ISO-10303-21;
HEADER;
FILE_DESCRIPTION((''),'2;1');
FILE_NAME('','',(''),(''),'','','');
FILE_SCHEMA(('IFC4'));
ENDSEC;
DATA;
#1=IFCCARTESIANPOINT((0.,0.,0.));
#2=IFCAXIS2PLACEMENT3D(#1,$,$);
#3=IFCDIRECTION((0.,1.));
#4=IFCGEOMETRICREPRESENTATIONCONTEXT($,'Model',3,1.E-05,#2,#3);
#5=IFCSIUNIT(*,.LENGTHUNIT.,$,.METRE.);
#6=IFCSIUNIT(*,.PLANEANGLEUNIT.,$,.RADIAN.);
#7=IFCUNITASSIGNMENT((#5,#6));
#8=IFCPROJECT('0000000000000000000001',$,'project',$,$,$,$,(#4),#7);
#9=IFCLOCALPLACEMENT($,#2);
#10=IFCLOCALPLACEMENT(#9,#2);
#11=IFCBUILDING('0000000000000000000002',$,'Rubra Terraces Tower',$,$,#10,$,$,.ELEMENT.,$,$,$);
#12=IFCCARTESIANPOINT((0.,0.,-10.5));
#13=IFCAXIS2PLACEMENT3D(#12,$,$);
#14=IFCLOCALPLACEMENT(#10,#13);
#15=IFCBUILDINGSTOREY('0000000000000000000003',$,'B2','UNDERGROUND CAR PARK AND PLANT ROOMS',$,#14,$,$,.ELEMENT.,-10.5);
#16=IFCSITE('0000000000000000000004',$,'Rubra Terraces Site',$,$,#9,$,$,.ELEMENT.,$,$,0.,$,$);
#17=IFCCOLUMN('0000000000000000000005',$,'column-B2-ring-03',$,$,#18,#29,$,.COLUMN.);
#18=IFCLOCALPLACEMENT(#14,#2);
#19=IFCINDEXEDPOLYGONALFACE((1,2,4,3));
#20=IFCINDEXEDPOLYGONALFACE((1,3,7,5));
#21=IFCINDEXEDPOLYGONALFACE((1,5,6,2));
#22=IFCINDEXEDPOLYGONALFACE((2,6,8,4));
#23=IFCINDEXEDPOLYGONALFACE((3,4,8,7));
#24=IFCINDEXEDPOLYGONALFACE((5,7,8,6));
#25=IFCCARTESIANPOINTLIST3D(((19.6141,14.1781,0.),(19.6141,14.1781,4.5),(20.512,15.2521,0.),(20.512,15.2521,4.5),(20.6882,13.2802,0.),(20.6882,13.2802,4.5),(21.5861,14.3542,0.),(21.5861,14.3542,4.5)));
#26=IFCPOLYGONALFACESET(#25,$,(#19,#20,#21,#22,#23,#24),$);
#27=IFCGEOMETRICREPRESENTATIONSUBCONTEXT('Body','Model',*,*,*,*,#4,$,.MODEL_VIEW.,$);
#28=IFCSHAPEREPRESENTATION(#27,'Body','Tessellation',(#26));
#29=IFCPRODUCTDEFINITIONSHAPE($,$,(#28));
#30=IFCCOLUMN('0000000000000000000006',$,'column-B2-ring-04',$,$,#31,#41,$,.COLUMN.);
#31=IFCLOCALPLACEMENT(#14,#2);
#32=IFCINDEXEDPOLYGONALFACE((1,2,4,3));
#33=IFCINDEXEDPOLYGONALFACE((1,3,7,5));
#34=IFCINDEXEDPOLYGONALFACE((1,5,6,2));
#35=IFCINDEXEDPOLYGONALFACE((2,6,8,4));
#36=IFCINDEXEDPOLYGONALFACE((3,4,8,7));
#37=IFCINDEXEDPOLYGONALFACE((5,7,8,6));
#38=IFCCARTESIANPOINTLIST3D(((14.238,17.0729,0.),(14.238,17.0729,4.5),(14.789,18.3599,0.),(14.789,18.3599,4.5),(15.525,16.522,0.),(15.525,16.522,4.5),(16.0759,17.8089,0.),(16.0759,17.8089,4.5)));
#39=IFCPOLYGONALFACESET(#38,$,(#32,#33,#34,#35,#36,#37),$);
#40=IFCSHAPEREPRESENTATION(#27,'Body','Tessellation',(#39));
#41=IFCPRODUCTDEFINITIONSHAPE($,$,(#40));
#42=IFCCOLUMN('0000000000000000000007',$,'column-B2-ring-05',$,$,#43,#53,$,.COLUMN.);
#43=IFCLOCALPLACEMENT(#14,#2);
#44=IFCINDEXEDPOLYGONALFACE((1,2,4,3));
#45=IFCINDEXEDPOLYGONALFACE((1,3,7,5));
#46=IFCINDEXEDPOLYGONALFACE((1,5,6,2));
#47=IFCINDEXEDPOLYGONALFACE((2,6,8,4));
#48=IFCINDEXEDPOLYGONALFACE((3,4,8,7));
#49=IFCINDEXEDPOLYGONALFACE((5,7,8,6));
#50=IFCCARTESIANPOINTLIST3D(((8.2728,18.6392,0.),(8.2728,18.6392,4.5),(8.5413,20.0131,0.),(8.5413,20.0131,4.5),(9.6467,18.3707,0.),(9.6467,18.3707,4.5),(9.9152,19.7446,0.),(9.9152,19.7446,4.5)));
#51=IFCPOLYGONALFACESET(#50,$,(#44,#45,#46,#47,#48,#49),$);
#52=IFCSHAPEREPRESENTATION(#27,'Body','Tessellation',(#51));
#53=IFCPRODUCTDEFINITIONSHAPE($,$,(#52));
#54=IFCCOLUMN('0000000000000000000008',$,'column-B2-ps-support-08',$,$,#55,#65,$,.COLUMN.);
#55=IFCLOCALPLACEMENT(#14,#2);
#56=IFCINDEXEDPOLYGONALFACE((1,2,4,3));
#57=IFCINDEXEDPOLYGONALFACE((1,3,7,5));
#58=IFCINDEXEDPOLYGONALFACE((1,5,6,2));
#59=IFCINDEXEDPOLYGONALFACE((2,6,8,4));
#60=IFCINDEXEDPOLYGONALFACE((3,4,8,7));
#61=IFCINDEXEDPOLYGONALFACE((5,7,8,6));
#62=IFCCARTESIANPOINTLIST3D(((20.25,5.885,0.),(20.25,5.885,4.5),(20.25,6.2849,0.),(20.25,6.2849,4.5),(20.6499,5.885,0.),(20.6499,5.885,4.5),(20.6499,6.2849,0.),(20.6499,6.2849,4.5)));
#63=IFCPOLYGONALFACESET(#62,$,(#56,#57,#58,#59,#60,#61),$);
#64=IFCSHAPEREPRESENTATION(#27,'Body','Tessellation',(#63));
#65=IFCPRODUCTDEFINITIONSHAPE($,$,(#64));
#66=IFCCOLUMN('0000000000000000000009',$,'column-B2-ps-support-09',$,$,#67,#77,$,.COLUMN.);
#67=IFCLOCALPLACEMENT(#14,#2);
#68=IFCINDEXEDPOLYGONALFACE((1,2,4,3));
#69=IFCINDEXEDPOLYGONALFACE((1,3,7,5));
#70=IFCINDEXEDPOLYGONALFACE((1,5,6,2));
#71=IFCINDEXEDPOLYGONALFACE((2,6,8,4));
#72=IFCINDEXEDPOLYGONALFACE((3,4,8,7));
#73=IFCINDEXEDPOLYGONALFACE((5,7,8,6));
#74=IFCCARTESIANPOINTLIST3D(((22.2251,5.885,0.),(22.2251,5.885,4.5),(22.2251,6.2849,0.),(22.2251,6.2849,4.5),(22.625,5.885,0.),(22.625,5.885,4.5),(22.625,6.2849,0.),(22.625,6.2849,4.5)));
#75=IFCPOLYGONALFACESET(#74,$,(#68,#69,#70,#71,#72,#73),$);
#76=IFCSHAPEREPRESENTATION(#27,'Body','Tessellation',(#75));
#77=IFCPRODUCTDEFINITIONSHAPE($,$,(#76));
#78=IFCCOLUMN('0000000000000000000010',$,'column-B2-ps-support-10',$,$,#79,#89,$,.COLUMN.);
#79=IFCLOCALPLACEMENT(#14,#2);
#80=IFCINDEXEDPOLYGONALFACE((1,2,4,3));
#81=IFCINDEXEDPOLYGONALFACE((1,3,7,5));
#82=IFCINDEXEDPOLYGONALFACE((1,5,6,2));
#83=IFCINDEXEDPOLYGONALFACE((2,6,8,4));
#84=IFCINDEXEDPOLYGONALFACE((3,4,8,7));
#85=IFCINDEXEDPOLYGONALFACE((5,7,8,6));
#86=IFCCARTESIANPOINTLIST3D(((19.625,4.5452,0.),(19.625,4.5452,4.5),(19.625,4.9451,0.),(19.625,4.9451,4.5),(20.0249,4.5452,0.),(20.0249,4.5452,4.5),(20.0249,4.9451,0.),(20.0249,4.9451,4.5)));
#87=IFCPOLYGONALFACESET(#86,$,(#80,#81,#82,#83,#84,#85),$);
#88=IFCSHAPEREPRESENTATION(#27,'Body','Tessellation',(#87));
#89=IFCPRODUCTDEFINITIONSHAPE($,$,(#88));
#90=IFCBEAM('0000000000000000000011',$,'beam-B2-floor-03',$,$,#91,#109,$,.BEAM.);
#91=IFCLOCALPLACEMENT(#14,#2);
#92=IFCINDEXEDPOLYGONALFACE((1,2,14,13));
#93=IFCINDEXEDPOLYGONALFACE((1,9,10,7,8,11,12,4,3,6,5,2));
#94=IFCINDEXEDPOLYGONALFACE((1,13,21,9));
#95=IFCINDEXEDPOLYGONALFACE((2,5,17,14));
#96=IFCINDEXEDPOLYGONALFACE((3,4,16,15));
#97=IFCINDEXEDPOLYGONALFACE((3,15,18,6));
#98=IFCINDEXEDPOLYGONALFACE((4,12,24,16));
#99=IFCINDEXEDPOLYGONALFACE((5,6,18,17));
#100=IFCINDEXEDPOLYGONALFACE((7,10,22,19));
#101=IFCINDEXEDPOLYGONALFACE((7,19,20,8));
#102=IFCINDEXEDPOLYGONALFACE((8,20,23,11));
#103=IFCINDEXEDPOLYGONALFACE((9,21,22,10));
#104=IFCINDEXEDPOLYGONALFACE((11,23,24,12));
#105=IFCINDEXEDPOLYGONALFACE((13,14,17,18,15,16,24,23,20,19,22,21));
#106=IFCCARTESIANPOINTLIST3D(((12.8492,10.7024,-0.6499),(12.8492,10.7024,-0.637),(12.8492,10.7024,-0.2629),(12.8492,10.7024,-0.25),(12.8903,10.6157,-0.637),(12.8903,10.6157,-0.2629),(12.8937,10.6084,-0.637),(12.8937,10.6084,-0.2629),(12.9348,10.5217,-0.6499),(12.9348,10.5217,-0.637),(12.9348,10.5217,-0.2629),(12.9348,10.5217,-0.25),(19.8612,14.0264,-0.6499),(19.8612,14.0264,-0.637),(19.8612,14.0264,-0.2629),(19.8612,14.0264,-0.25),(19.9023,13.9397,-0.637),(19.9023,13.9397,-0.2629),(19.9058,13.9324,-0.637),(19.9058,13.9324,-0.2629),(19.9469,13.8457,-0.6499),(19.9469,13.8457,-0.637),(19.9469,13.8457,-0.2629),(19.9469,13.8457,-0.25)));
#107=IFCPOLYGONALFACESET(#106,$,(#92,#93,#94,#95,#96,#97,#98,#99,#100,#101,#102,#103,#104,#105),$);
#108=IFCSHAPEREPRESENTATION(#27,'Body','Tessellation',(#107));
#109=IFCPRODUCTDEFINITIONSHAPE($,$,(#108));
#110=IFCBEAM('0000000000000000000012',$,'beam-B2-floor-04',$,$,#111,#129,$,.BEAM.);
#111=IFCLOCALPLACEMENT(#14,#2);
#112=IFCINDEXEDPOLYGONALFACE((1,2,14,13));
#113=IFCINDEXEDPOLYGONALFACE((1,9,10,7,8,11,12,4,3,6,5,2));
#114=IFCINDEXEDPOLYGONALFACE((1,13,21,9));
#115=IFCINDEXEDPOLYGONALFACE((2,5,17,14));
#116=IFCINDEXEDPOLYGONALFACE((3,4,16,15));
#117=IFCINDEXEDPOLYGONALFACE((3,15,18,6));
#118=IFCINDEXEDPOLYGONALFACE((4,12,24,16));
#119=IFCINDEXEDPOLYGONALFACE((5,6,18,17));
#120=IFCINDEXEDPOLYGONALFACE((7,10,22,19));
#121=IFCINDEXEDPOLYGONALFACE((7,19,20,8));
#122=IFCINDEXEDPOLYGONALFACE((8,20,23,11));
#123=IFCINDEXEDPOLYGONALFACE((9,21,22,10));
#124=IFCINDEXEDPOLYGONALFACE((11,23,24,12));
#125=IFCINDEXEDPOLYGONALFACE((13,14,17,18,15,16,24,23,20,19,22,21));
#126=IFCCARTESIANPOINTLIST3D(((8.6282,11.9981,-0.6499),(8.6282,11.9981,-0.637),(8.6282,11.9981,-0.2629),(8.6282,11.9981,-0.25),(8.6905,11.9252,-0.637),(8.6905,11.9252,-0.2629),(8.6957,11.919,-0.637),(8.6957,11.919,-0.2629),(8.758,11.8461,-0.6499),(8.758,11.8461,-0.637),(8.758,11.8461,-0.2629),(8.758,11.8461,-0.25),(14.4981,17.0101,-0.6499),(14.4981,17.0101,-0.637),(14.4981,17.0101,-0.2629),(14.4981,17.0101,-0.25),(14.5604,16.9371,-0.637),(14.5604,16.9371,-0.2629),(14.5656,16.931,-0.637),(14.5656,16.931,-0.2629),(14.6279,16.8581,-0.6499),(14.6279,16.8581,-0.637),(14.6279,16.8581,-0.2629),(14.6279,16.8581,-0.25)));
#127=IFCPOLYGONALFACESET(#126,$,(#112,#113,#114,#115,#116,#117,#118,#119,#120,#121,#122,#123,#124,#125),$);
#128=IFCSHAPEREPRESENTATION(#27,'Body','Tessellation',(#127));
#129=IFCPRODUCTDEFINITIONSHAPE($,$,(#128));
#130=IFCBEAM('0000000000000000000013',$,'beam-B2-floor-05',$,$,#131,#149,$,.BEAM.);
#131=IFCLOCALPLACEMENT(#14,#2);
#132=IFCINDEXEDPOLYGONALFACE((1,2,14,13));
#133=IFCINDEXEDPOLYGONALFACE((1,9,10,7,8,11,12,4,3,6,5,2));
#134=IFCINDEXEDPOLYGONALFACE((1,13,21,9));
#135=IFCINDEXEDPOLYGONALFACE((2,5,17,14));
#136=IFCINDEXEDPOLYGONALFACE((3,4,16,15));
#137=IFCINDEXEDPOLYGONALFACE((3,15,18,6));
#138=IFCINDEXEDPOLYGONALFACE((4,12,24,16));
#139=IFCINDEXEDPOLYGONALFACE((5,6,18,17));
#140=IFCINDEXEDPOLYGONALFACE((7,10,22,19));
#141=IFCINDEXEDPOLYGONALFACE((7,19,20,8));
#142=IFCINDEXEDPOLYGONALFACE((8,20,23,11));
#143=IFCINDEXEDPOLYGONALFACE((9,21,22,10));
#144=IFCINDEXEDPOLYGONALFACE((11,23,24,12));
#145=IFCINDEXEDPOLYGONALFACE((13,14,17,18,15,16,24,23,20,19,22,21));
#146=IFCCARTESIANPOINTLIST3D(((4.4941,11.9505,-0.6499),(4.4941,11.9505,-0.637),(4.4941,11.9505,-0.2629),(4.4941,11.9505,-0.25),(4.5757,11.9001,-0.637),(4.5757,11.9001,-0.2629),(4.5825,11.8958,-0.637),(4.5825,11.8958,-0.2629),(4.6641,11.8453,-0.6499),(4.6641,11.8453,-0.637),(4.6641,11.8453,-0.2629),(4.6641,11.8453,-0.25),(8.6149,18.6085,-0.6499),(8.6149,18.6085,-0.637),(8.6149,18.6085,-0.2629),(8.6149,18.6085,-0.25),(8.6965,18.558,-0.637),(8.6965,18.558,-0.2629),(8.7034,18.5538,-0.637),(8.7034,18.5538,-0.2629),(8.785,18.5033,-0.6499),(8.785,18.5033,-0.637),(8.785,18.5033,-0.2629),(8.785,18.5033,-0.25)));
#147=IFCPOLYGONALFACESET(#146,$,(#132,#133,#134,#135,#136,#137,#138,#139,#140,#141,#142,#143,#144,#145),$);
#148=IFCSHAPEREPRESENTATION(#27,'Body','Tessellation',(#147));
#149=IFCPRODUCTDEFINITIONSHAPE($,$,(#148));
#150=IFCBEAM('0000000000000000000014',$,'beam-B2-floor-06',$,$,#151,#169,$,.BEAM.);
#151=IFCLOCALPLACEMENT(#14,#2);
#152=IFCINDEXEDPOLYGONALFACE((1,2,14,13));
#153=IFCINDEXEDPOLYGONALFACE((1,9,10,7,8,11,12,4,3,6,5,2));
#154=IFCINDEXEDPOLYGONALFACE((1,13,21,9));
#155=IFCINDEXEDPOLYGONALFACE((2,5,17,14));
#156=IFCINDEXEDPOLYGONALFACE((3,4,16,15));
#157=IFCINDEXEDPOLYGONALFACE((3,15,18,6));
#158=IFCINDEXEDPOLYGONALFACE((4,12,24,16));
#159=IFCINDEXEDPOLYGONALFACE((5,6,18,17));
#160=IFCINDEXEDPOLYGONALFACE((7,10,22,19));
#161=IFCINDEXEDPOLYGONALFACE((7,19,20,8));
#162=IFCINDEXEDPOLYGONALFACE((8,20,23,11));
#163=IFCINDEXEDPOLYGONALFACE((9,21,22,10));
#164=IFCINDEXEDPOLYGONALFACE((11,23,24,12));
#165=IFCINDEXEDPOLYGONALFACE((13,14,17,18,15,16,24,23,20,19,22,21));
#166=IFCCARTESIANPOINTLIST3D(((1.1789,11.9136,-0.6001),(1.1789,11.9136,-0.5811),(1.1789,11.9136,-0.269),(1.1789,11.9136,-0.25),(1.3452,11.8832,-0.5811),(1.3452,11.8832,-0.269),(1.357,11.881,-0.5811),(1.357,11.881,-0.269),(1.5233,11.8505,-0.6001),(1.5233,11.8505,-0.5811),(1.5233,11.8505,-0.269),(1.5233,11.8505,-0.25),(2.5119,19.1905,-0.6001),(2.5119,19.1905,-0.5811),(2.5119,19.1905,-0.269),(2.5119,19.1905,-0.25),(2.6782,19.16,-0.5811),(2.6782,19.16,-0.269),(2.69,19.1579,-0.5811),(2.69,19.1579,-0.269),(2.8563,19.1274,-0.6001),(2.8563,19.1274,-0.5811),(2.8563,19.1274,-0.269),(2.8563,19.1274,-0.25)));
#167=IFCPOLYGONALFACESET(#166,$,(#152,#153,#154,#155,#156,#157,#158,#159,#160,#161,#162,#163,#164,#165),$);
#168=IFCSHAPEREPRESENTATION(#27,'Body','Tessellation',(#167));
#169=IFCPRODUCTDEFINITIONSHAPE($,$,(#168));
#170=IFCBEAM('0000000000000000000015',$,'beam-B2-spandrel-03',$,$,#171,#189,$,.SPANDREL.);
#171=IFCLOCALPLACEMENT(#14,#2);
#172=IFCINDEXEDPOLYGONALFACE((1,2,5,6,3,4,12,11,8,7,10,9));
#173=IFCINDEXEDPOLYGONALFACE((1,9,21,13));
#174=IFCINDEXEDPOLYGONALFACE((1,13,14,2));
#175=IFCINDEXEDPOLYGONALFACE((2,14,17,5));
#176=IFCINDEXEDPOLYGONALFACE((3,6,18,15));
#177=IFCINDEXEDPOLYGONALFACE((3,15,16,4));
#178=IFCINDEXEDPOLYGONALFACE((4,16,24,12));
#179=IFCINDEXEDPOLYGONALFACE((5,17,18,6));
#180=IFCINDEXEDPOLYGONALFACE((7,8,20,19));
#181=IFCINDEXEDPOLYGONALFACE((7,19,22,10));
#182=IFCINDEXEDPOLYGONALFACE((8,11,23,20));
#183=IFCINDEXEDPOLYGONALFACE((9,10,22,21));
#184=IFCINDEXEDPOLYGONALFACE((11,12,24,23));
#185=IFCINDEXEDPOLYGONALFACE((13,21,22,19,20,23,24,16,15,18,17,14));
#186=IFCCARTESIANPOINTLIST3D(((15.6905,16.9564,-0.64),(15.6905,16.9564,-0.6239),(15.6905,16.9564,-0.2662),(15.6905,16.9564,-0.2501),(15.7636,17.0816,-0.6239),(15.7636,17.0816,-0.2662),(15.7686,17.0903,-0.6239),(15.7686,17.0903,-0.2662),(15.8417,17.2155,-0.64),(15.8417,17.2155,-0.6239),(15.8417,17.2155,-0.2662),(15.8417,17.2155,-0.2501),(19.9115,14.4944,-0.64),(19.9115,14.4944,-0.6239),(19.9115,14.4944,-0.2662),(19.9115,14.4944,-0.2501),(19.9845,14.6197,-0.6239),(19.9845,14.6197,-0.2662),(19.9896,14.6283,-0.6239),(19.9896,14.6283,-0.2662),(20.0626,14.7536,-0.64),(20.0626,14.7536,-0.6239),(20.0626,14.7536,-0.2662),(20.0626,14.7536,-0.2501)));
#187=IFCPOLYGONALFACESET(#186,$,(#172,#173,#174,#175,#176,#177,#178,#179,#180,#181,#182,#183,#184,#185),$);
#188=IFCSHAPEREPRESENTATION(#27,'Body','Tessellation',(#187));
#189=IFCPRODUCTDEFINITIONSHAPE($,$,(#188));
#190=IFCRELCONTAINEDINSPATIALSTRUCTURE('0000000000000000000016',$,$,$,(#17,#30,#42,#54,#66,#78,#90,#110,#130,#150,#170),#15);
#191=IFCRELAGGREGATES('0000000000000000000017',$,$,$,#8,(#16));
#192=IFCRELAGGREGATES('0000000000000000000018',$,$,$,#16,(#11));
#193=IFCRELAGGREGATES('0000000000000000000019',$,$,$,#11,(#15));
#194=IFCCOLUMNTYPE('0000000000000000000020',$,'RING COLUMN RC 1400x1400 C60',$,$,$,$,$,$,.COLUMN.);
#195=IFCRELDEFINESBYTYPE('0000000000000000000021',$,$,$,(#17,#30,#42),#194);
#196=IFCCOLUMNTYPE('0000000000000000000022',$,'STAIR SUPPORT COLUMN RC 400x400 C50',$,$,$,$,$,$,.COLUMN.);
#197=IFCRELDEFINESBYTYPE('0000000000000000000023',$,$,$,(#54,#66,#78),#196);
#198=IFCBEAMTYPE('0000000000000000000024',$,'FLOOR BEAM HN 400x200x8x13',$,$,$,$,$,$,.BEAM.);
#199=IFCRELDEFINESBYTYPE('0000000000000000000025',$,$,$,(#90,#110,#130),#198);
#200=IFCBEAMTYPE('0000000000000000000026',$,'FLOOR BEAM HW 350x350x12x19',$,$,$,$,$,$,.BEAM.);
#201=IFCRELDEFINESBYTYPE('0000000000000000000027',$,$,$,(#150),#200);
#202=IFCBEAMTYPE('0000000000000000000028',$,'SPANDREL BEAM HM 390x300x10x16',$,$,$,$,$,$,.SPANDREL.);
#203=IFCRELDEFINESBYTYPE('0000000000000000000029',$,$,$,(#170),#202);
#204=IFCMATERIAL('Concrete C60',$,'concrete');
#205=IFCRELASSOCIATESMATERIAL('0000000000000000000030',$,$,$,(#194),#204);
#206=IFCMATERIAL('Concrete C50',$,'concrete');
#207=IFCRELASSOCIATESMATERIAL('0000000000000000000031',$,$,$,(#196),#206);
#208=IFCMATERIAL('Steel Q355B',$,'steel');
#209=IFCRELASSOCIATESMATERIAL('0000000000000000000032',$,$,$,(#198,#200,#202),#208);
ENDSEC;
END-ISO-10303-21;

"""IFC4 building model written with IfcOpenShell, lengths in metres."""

from ifc_helpers import new_model, si_unit, direction, frame, origin, origin_2d, place, context, subcontext, project, spatial, rectangle, i_section, extrude, material, material_profile, profile_set, type_object, element, save


model = new_model("IFC4")

# Units and contexts
model_context = context("Model", 3, precision=1e-05, world=origin(), true_north=direction((0.0, 1.0)))
body_context = subcontext(model_context, "Body", "Model", "MODEL_VIEW")
ifc_project = project(units=[si_unit("LENGTHUNIT", "METRE"), si_unit("PLANEANGLEUNIT", "RADIAN")], contexts=[model_context])

# Site, building, storey
site_placement = place(None, origin())
site = spatial("IfcSite", under=ifc_project, at=site_placement, Name="Rubra Terraces Site", CompositionType="ELEMENT", RefElevation=0.0)
building_placement = place(site_placement, origin())
building = spatial("IfcBuilding", under=site, at=building_placement, Name="Rubra Terraces Tower", CompositionType="ELEMENT")
storey_placement = place(building_placement, frame((0.0, 0.0, -10.5)))
storey = spatial("IfcBuildingStorey", under=building, at=storey_placement, Name="B2", Description="UNDERGROUND CAR PARK AND PLANT ROOMS", CompositionType="ELEMENT", Elevation=-10.5)

# Columns
ifc_material_1 = material(Name="Concrete C60", Category="concrete")
ifc_material_profile_1 = material_profile(ifc_material_1, rectangle(XDim=1.3999, YDim=1.3999, at=origin_2d()), Name="RC 1400x1400")
ifc_profile_set_1 = profile_set([ifc_material_profile_1], Name="Concrete C60")
column_type_1 = type_object("IfcColumnType", Name="RING COLUMN RC 1400x1400 C60", PredefinedType="COLUMN", material=ifc_profile_set_1)
for number, where, z_axis, x_axis, name in (
    (1, (20.6001, 14.2661, 0.0), (0.0, 0.0, 1.0), (-0.76721, 0.641397, 0.0), "column-B2-ring-03"),
    (2, (15.157, 17.4409, 0.0), (0.0, 0.0, 1.0), (-0.919294, 0.393572, 0.0), "column-B2-ring-04"),
    (3, (9.094, 19.1919, 0.0), (0.0, 0.0, 1.0), (-0.98143, 0.191819, 0.0), "column-B2-ring-05"),
):
    element("IfcColumn", number, at=place(storey_placement, frame(where, z_axis=z_axis, x_axis=x_axis)), inside=storey, type_object=column_type_1, Name=name, PredefinedType="COLUMN", context=body_context, shape_type="SweptSolid", body=[
        extrude(rectangle(XDim=1.3999, YDim=1.3999, at=origin_2d()), origin(), (0.0, 0.0, 1.0), 4.5),
    ])
ifc_material_2 = material(Name="Concrete C50", Category="concrete")
ifc_material_profile_2 = material_profile(ifc_material_2, rectangle(XDim=0.3999, YDim=0.3999, at=origin_2d()), Name="RC 400x400")
ifc_profile_set_2 = profile_set([ifc_material_profile_2], Name="Concrete C50")
column_type_2 = type_object("IfcColumnType", Name="STAIR SUPPORT COLUMN RC 400x400 C50", PredefinedType="COLUMN", material=ifc_profile_set_2)
for number, where, z_axis, x_axis, name in (
    (4, (20.45, 6.085, 0.0), (0.0, 0.0, 1.0), (1.0, 0.0, 0.0), "column-B2-ps-support-08"),
    (5, (22.425, 6.085, 0.0), (0.0, 0.0, 1.0), (1.0, 0.0, 0.0), "column-B2-ps-support-09"),
    (6, (19.825, 4.7451, 0.0), (0.0, 0.0, 1.0), (1.0, 0.0, 0.0), "column-B2-ps-support-10"),
):
    element("IfcColumn", number, at=place(storey_placement, frame(where, z_axis=z_axis, x_axis=x_axis)), inside=storey, type_object=column_type_2, Name=name, PredefinedType="COLUMN", context=body_context, shape_type="SweptSolid", body=[
        extrude(rectangle(XDim=0.3999, YDim=0.3999, at=origin_2d()), origin(), (0.0, 0.0, 1.0), 4.5),
    ])

# Beams
ifc_material_3 = material(Name="Steel Q355B", Category="steel")
ifc_material_profile_3 = material_profile(ifc_material_3, i_section(OverallWidth=0.2, OverallDepth=0.3999, WebThickness=0.0081, FlangeThickness=0.0129, at=origin_2d()), Name="HN 400x200x8x13")
ifc_profile_set_3 = profile_set([ifc_material_profile_3], Name="Steel Q355B")
beam_type_1 = type_object("IfcBeamType", Name="FLOOR BEAM HN 400x200x8x13", PredefinedType="BEAM", material=ifc_profile_set_3)
beam_1_placement = place(storey_placement, frame((19.9041, 13.936, -0.45), z_axis=(-0.903612, -0.428351, 0.0), x_axis=(0.428351, -0.903612, 0.0)))
element("IfcBeam", 7, at=beam_1_placement, inside=storey, type_object=beam_type_1, Name="beam-B2-floor-03", PredefinedType="BEAM", context=body_context, shape_type="SweptSolid", body=[
    extrude(i_section(OverallWidth=0.2, OverallDepth=0.3999, WebThickness=0.0081, FlangeThickness=0.0129, at=origin_2d()), origin(), (0.0, 0.0, 1.0), 7.76),
])
beam_2_placement = place(storey_placement, frame((14.563, 16.9341, -0.45), z_axis=(-0.760494, -0.649344, 0.0), x_axis=(0.649344, -0.760494, 0.0)))
element("IfcBeam", 8, at=beam_2_placement, inside=storey, type_object=beam_type_1, Name="beam-B2-floor-04", PredefinedType="BEAM", context=body_context, shape_type="SweptSolid", body=[
    extrude(i_section(OverallWidth=0.2, OverallDepth=0.3999, WebThickness=0.0081, FlangeThickness=0.0129, at=origin_2d()), origin(), (0.0, 0.0, 1.0), 7.7185),
])
beam_3_placement = place(storey_placement, frame((8.7, 18.5559, -0.45), z_axis=(-0.526286, -0.850308, 0.0), x_axis=(0.850308, -0.526286, 0.0)))
element("IfcBeam", 9, at=beam_3_placement, inside=storey, type_object=beam_type_1, Name="beam-B2-floor-05", PredefinedType="BEAM", context=body_context, shape_type="SweptSolid", body=[
    extrude(i_section(OverallWidth=0.2, OverallDepth=0.3999, WebThickness=0.0081, FlangeThickness=0.0129, at=origin_2d()), origin(), (0.0, 0.0, 1.0), 7.8301),
])
ifc_material_profile_4 = material_profile(ifc_material_3, i_section(OverallWidth=0.3501, OverallDepth=0.3501, WebThickness=0.012, FlangeThickness=0.019, at=origin_2d()), Name="HW 350x350x12x19")
ifc_profile_set_4 = profile_set([ifc_material_profile_4], Name="Steel Q355B")
beam_type_2 = type_object("IfcBeamType", Name="FLOOR BEAM HW 350x350x12x19", PredefinedType="BEAM", material=ifc_profile_set_4)
beam_4_placement = place(storey_placement, frame((2.6841, 19.1589, -0.425), z_axis=(-0.180186, -0.983632, 0.0), x_axis=(0.983632, -0.180186, 0.0)))
element("IfcBeam", 10, at=beam_4_placement, inside=storey, type_object=beam_type_2, Name="beam-B2-floor-06", PredefinedType="BEAM", context=body_context, shape_type="SweptSolid", body=[
    extrude(i_section(OverallWidth=0.3501, OverallDepth=0.3501, WebThickness=0.012, FlangeThickness=0.019, at=origin_2d()), origin(), (0.0, 0.0, 1.0), 7.3979),
])
ifc_material_profile_5 = material_profile(ifc_material_3, i_section(OverallWidth=0.3, OverallDepth=0.3899, WebThickness=0.01, FlangeThickness=0.0161, at=origin_2d()), Name="HM 390x300x10x16")
ifc_profile_set_5 = profile_set([ifc_material_profile_5], Name="Steel Q355B")
beam_type_3 = type_object("IfcBeamType", Name="SPANDREL BEAM HM 390x300x10x16", PredefinedType="SPANDREL", material=ifc_profile_set_5)
beam_5_placement = place(storey_placement, frame((19.9871, 14.624, -0.4451), z_axis=(-0.863806, 0.503824, 0.0), x_axis=(-0.503824, -0.863806, 0.0)))
element("IfcBeam", 11, at=beam_5_placement, inside=storey, type_object=beam_type_3, Name="beam-B2-spandrel-03", PredefinedType="SPANDREL", context=body_context, shape_type="SweptSolid", body=[
    extrude(i_section(OverallWidth=0.3, OverallDepth=0.3899, WebThickness=0.01, FlangeThickness=0.0161, at=origin_2d()), origin(), (0.0, 0.0, 1.0), 4.8865),
])

save(model, "model.ifc")
